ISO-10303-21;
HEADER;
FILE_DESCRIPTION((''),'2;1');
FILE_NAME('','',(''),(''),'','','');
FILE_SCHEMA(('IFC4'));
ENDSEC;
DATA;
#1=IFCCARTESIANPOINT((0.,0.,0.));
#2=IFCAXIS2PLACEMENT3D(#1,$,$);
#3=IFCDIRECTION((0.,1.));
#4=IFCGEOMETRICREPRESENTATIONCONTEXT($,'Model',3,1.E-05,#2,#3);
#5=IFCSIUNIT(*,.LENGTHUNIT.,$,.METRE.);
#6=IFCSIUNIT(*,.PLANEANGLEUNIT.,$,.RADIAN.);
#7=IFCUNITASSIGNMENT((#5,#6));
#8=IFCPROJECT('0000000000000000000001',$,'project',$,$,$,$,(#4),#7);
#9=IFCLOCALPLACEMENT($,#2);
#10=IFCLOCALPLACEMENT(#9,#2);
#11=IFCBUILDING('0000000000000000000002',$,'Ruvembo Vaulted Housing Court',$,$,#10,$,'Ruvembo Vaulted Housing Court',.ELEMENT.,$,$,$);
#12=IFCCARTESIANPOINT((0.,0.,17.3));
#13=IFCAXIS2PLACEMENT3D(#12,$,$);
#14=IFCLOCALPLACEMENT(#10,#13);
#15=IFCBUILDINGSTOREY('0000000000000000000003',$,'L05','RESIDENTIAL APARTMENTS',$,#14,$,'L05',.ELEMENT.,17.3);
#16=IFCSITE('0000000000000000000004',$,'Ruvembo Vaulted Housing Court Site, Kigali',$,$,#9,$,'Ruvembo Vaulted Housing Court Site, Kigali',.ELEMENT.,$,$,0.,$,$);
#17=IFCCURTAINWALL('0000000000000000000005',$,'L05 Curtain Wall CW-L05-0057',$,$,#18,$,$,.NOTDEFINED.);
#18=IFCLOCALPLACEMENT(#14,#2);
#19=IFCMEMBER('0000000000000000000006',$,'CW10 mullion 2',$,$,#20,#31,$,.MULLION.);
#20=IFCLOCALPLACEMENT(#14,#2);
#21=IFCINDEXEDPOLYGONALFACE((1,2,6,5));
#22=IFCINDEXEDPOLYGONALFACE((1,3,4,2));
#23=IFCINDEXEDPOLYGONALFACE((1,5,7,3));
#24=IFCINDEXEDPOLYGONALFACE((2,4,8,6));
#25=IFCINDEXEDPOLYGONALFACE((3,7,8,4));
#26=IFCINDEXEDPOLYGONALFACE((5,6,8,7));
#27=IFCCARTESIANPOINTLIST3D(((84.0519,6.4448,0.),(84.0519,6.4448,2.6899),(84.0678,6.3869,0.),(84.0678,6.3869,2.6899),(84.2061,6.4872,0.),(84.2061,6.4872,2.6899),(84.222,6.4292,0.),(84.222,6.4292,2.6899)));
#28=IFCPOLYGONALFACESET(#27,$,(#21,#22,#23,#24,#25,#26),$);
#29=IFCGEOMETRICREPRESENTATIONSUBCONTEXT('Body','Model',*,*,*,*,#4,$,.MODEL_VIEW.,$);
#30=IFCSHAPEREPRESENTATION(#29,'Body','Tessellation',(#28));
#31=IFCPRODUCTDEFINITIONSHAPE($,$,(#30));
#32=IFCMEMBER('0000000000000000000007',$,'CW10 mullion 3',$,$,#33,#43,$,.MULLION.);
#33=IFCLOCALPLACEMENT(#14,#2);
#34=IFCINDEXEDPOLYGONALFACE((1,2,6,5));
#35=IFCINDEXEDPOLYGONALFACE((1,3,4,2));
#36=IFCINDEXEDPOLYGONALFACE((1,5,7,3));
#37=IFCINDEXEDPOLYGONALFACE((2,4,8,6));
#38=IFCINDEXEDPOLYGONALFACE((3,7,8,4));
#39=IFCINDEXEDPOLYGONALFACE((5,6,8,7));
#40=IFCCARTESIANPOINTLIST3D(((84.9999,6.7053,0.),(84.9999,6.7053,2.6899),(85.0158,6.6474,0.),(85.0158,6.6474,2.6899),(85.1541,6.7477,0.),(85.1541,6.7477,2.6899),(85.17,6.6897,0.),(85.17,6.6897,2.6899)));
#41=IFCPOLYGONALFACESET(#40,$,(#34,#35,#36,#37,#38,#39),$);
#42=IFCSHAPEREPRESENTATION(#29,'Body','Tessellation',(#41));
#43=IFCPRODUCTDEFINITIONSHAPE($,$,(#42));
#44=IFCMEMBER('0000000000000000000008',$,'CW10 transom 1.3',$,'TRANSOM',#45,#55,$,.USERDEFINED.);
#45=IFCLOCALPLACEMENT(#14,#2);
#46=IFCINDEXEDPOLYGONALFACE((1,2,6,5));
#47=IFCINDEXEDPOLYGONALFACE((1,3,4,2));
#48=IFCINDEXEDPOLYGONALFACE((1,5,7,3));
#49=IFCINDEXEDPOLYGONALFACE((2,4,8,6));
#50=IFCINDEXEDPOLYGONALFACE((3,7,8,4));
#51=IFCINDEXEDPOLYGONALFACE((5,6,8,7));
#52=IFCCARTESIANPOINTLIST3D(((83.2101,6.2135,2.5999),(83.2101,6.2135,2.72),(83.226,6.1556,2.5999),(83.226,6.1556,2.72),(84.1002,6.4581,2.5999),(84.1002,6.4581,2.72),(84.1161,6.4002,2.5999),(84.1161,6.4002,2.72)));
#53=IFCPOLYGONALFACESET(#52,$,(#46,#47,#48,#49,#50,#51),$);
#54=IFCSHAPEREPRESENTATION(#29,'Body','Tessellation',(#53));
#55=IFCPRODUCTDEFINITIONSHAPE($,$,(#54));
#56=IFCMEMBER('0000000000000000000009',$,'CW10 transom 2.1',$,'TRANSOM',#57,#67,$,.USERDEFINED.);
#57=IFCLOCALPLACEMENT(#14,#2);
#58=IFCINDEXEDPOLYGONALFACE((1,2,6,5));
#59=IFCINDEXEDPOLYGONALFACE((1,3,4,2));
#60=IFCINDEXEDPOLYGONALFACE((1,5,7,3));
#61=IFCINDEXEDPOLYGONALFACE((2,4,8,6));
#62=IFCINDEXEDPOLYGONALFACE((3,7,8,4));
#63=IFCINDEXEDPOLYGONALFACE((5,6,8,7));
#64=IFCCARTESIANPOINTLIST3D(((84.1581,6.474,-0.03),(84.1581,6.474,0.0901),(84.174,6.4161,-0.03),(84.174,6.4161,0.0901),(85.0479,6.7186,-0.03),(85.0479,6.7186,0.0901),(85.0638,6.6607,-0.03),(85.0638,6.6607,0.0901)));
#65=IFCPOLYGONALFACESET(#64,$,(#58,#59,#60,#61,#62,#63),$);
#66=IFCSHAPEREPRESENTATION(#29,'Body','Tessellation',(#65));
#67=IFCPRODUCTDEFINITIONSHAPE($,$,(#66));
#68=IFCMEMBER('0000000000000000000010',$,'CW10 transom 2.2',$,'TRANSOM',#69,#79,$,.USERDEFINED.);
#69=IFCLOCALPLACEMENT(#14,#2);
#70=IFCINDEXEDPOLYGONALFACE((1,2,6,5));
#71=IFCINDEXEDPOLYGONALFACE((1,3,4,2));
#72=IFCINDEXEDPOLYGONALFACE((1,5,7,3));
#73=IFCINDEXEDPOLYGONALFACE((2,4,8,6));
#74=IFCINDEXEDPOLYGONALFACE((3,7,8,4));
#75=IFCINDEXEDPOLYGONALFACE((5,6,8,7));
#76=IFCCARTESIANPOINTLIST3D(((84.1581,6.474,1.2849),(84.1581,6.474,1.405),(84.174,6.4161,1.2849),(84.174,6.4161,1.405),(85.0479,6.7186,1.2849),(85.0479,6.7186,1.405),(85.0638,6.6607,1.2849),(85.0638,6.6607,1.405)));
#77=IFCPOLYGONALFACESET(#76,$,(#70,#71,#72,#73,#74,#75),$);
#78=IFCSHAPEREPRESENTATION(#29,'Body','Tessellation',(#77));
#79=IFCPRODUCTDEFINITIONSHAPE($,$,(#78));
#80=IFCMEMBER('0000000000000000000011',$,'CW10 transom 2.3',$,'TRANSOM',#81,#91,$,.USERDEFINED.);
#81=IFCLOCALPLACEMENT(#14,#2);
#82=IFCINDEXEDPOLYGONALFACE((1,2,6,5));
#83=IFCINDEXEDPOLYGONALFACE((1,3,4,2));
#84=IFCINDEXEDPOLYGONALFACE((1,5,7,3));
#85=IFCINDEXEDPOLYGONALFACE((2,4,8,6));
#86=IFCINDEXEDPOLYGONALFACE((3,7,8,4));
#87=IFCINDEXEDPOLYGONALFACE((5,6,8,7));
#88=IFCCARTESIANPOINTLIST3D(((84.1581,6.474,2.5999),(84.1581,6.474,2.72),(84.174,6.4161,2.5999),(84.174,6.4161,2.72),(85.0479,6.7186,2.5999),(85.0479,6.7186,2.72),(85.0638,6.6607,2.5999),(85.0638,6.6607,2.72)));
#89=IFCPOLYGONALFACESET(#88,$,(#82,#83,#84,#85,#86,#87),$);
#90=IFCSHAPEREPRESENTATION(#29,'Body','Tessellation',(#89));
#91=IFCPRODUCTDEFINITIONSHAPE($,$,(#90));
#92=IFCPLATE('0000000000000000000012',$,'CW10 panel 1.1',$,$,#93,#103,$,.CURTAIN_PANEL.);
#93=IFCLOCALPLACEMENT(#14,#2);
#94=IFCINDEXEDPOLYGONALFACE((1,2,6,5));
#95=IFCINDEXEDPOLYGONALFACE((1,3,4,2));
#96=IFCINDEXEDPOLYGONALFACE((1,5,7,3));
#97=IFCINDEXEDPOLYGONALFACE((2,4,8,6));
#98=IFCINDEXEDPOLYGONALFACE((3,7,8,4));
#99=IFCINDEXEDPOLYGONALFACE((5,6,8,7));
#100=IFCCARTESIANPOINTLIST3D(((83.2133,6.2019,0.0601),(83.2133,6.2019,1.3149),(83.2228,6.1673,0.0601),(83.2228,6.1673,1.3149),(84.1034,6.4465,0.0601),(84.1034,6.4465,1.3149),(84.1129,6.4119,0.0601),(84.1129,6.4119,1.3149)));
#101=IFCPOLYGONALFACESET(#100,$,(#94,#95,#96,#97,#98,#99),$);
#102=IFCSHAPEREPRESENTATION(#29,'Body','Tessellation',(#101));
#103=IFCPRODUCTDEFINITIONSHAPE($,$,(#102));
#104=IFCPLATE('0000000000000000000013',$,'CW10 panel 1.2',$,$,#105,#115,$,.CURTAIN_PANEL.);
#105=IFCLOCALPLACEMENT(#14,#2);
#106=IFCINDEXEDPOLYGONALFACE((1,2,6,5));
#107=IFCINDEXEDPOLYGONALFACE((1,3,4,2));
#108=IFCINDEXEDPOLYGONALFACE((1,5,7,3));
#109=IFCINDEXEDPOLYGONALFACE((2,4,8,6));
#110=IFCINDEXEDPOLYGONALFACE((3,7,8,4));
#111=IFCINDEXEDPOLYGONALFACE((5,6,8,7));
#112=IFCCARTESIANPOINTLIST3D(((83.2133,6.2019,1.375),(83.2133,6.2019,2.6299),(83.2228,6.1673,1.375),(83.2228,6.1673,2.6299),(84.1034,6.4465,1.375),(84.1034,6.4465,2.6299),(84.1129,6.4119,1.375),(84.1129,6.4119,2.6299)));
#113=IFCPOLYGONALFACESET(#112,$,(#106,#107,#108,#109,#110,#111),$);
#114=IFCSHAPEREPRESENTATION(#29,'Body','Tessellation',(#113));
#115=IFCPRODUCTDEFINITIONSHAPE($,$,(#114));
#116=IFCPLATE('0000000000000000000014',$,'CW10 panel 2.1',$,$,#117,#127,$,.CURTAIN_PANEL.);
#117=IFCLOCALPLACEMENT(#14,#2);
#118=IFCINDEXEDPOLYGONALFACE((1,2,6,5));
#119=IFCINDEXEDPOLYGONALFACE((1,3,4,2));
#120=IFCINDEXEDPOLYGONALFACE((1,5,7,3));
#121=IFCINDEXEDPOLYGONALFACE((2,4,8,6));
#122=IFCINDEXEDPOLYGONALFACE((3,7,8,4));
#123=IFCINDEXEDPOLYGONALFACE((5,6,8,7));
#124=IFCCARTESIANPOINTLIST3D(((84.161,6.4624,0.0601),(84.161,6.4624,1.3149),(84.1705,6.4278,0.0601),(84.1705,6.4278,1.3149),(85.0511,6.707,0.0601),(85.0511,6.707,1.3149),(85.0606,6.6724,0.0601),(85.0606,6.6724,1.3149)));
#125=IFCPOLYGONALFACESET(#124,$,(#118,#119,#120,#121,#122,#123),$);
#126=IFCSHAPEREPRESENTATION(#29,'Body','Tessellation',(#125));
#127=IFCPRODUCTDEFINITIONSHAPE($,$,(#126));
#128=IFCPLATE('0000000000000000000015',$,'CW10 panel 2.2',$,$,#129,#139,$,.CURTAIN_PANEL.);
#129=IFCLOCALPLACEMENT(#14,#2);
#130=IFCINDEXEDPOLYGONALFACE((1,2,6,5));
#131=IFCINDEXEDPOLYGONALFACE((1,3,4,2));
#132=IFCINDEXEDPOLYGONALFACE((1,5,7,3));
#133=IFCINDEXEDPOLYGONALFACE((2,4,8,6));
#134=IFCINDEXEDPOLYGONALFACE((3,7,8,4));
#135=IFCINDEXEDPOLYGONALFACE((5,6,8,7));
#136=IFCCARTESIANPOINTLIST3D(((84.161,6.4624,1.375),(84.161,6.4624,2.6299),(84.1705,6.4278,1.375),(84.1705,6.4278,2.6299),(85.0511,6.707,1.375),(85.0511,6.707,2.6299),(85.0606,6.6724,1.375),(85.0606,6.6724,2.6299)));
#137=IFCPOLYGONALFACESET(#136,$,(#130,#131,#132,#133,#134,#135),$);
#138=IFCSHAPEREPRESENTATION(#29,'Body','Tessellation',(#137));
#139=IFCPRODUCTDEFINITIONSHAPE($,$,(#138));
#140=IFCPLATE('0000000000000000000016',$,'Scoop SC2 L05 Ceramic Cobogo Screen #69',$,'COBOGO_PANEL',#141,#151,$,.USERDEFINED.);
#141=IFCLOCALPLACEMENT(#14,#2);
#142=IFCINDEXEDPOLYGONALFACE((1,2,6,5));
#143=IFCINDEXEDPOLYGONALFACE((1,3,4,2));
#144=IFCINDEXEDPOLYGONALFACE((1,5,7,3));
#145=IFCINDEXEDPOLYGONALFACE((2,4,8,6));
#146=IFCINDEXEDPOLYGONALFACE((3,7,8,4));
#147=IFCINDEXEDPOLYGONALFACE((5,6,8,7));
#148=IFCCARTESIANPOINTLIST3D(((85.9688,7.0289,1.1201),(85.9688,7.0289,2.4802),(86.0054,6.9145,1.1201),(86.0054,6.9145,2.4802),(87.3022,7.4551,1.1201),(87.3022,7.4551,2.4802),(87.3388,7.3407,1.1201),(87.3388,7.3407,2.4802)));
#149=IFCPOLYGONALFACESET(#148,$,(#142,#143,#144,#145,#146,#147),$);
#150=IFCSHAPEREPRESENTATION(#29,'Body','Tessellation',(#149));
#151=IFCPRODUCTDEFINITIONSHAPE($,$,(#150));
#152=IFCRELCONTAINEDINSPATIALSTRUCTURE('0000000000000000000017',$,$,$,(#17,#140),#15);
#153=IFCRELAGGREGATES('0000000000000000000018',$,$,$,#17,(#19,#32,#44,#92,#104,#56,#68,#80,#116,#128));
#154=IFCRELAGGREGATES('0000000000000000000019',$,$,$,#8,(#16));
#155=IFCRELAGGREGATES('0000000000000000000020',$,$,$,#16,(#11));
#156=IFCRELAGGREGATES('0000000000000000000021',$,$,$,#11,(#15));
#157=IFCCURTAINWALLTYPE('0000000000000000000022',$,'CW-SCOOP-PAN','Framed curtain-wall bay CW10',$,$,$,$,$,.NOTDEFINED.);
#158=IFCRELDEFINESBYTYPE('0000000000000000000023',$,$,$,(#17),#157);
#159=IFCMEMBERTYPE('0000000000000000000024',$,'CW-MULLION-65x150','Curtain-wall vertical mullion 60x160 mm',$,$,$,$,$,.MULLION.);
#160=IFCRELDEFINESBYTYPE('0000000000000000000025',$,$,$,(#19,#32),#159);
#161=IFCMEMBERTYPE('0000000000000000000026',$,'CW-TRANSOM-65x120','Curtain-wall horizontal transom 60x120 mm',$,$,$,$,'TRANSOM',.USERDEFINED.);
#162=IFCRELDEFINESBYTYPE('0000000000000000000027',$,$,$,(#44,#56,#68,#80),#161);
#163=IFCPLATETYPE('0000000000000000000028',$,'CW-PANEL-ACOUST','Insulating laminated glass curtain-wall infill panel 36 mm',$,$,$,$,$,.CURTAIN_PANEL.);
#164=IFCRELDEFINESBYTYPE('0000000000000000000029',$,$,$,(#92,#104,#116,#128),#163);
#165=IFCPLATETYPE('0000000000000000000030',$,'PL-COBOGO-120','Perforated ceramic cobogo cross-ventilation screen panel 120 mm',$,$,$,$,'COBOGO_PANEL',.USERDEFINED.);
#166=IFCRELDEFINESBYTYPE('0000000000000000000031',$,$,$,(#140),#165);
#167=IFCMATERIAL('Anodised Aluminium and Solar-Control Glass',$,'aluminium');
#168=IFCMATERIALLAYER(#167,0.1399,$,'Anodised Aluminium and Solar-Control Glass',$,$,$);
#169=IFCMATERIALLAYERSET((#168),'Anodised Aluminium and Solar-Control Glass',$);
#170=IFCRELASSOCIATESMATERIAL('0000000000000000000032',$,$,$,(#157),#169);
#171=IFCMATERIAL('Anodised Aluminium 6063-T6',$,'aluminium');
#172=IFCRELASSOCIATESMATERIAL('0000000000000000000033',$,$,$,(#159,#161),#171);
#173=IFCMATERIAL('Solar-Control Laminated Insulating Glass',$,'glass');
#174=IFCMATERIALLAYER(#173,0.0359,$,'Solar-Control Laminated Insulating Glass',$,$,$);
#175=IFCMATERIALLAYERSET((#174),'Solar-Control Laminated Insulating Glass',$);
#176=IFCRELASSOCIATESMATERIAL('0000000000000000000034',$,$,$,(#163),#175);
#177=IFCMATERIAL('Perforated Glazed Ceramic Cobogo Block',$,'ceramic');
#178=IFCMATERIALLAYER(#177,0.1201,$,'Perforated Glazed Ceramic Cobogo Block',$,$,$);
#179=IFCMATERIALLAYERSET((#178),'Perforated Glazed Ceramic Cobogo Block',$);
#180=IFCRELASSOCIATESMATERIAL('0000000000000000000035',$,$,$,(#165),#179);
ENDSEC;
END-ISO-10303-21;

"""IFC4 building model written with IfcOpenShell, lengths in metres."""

from ifc_helpers import new_model, si_unit, direction, frame, origin, origin_2d, place, context, subcontext, project, spatial, rectangle, extrude, material, layer, layer_set, material_profile, profile_set, type_object, element, aggregate, save


model = new_model("IFC4")

# Units and contexts
model_context = context("Model", 3, precision=1e-05, world=origin(), true_north=direction((0.0, 1.0)))
body_context = subcontext(model_context, "Body", "Model", "MODEL_VIEW")
ifc_project = project(units=[si_unit("LENGTHUNIT", "METRE"), si_unit("PLANEANGLEUNIT", "RADIAN")], contexts=[model_context])

# Site, building, storey
site_placement = place(None, origin())
site = spatial("IfcSite", under=ifc_project, at=site_placement, Name="Ruvembo Vaulted Housing Court Site, Kigali", LongName="Ruvembo Vaulted Housing Court Site, Kigali", CompositionType="ELEMENT", RefElevation=0.0)
building_placement = place(site_placement, origin())
building = spatial("IfcBuilding", under=site, at=building_placement, Name="Ruvembo Vaulted Housing Court", LongName="Ruvembo Vaulted Housing Court", CompositionType="ELEMENT")
storey_placement = place(building_placement, frame((0.0, 0.0, 17.3)))
storey = spatial("IfcBuildingStorey", under=building, at=storey_placement, Name="L05", Description="RESIDENTIAL APARTMENTS", LongName="L05", CompositionType="ELEMENT", Elevation=17.3)

# Curtain wall, members, plates
ifc_material_1 = material(Name="Anodised Aluminium and Solar-Control Glass", Category="aluminium")
ifc_layer_1 = layer(ifc_material_1, 0.1399, Name="Anodised Aluminium and Solar-Control Glass")
ifc_layer_set_1 = layer_set([ifc_layer_1], Name="Anodised Aluminium and Solar-Control Glass")
curtain_wall_type = type_object("IfcCurtainWallType", Name="CW-SCOOP-PAN", Description="Framed curtain-wall bay CW10", PredefinedType="NOTDEFINED", material=ifc_layer_set_1)
curtain_wall_placement = place(storey_placement, origin())
curtain_wall = element("IfcCurtainWall", 1, at=curtain_wall_placement, inside=storey, type_object=curtain_wall_type, Name="L05 Curtain Wall CW-L05-0057", PredefinedType="NOTDEFINED")
ifc_material_2 = material(Name="Anodised Aluminium 6063-T6", Category="aluminium")
ifc_material_profile_1 = material_profile(ifc_material_2, rectangle(XDim=0.0601, YDim=0.1599, at=origin_2d()), Name="ALU 60x160")
ifc_profile_set_1 = profile_set([ifc_material_profile_1], Name="Anodised Aluminium 6063-T6")
member_type_1 = type_object("IfcMemberType", Name="CW-MULLION-65x150", Description="Curtain-wall vertical mullion 60x160 mm", PredefinedType="MULLION", material=ifc_profile_set_1)
member_1_placement = place(storey_placement, frame((84.137, 6.437, 0.0), z_axis=(0.0, 0.0, 1.0), x_axis=(-0.264955, 0.964261, 0.0)))
member_1 = element("IfcMember", 2, at=member_1_placement, type_object=member_type_1, Name="CW10 mullion 2", PredefinedType="MULLION", context=body_context, shape_type="SweptSolid", body=[
    extrude(rectangle(XDim=0.0601, YDim=0.1599, at=origin_2d()), origin(), (0.0, 0.0, 1.0), 2.6899),
])
member_2_placement = place(storey_placement, frame((85.085, 6.6975, 0.0), z_axis=(0.0, 0.0, 1.0), x_axis=(-0.264955, 0.964261, 0.0)))
member_2 = element("IfcMember", 3, at=member_2_placement, type_object=member_type_1, Name="CW10 mullion 3", PredefinedType="MULLION", context=body_context, shape_type="SweptSolid", body=[
    extrude(rectangle(XDim=0.0601, YDim=0.1599, at=origin_2d()), origin(), (0.0, 0.0, 1.0), 2.6899),
])
ifc_material_profile_2 = material_profile(ifc_material_2, rectangle(XDim=0.0601, YDim=0.1201, at=origin_2d()), Name="ALU 60x120")
ifc_profile_set_2 = profile_set([ifc_material_profile_2], Name="Anodised Aluminium 6063-T6")
member_type_2 = type_object("IfcMemberType", Name="CW-TRANSOM-65x120", Description="Curtain-wall horizontal transom 60x120 mm", ElementType="TRANSOM", PredefinedType="USERDEFINED", material=ifc_profile_set_2)
member_3_placement = place(storey_placement, frame((83.218, 6.1846, 2.6599), z_axis=(0.964249, 0.264997, 0.0), x_axis=(-0.264997, 0.964249, 0.0)))
member_3 = element("IfcMember", 4, at=member_3_placement, type_object=member_type_2, Name="CW10 transom 1.3", ObjectType="TRANSOM", PredefinedType="USERDEFINED", context=body_context, shape_type="SweptSolid", body=[
    extrude(rectangle(XDim=0.0601, YDim=0.1201, at=origin_2d()), origin(), (0.0, 0.0, 1.0), 0.9231),
])
member_4_placement = place(storey_placement, frame((84.166, 6.4451, 0.03), z_axis=(0.964231, 0.265064, 0.0), x_axis=(-0.265064, 0.964231, 0.0)))
member_4 = element("IfcMember", 5, at=member_4_placement, type_object=member_type_2, Name="CW10 transom 2.1", ObjectType="TRANSOM", PredefinedType="USERDEFINED", context=body_context, shape_type="SweptSolid", body=[
    extrude(rectangle(XDim=0.0601, YDim=0.1201, at=origin_2d()), origin(), (0.0, 0.0, 1.0), 0.9229),
])
member_5_placement = place(storey_placement, frame((84.166, 6.4451, 1.345), z_axis=(0.964231, 0.265064, 0.0), x_axis=(-0.265064, 0.964231, 0.0)))
member_5 = element("IfcMember", 6, at=member_5_placement, type_object=member_type_2, Name="CW10 transom 2.2", ObjectType="TRANSOM", PredefinedType="USERDEFINED", context=body_context, shape_type="SweptSolid", body=[
    extrude(rectangle(XDim=0.0601, YDim=0.1201, at=origin_2d()), origin(), (0.0, 0.0, 1.0), 0.9229),
])
member_6_placement = place(storey_placement, frame((84.166, 6.4451, 2.6599), z_axis=(0.964231, 0.265064, 0.0), x_axis=(-0.265064, 0.964231, 0.0)))
member_6 = element("IfcMember", 7, at=member_6_placement, type_object=member_type_2, Name="CW10 transom 2.3", ObjectType="TRANSOM", PredefinedType="USERDEFINED", context=body_context, shape_type="SweptSolid", body=[
    extrude(rectangle(XDim=0.0601, YDim=0.1201, at=origin_2d()), origin(), (0.0, 0.0, 1.0), 0.9229),
])
ifc_material_3 = material(Name="Solar-Control Laminated Insulating Glass", Category="glass")
ifc_layer_2 = layer(ifc_material_3, 0.0359, Name="Solar-Control Laminated Insulating Glass")
ifc_layer_set_2 = layer_set([ifc_layer_2], Name="Solar-Control Laminated Insulating Glass")
plate_type_1 = type_object("IfcPlateType", Name="CW-PANEL-ACOUST", Description="Insulating laminated glass curtain-wall infill panel 36 mm", PredefinedType="CURTAIN_PANEL", material=ifc_layer_set_2)
plate_1_placement = place(storey_placement, frame((83.6631, 6.3069, 0.0601), z_axis=(0.0, 0.0, 1.0), x_axis=(0.964261, 0.264955, 0.0)))
plate_1 = element("IfcPlate", 8, at=plate_1_placement, type_object=plate_type_1, Name="CW10 panel 1.1", PredefinedType="CURTAIN_PANEL", context=body_context, shape_type="SweptSolid", body=[
    extrude(rectangle(XDim=0.9231, YDim=0.0359, at=origin_2d()), origin(), (0.0, 0.0, 1.0), 1.2549),
])
plate_2_placement = place(storey_placement, frame((83.6631, 6.3069, 1.375), z_axis=(0.0, 0.0, 1.0), x_axis=(0.964261, 0.264955, 0.0)))
plate_2 = element("IfcPlate", 9, at=plate_2_placement, type_object=plate_type_1, Name="CW10 panel 1.2", PredefinedType="CURTAIN_PANEL", context=body_context, shape_type="SweptSolid", body=[
    extrude(rectangle(XDim=0.9231, YDim=0.0359, at=origin_2d()), origin(), (0.0, 0.0, 1.0), 1.2549),
])
plate_3_placement = place(storey_placement, frame((84.6108, 6.5674, 0.0601), z_axis=(0.0, 0.0, 1.0), x_axis=(0.964261, 0.264955, 0.0)))
plate_3 = element("IfcPlate", 10, at=plate_3_placement, type_object=plate_type_1, Name="CW10 panel 2.1", PredefinedType="CURTAIN_PANEL", context=body_context, shape_type="SweptSolid", body=[
    extrude(rectangle(XDim=0.9231, YDim=0.0359, at=origin_2d()), origin(), (0.0, 0.0, 1.0), 1.2549),
])
plate_4_placement = place(storey_placement, frame((84.6108, 6.5674, 1.375), z_axis=(0.0, 0.0, 1.0), x_axis=(0.964261, 0.264955, 0.0)))
plate_4 = element("IfcPlate", 11, at=plate_4_placement, type_object=plate_type_1, Name="CW10 panel 2.2", PredefinedType="CURTAIN_PANEL", context=body_context, shape_type="SweptSolid", body=[
    extrude(rectangle(XDim=0.9231, YDim=0.0359, at=origin_2d()), origin(), (0.0, 0.0, 1.0), 1.2549),
])
aggregate(curtain_wall, [member_1, member_2, member_3, plate_1, plate_2, member_4, member_5, member_6, plate_3, plate_4])

# Plate
ifc_material_4 = material(Name="Perforated Glazed Ceramic Cobogo Block", Category="ceramic")
ifc_layer_3 = layer(ifc_material_4, 0.1201, Name="Perforated Glazed Ceramic Cobogo Block")
ifc_layer_set_3 = layer_set([ifc_layer_3], Name="Perforated Glazed Ceramic Cobogo Block")
plate_type_2 = type_object("IfcPlateType", Name="PL-COBOGO-120", Description="Perforated ceramic cobogo cross-ventilation screen panel 120 mm", ElementType="COBOGO_PANEL", PredefinedType="USERDEFINED", material=ifc_layer_set_3)
plate_5_placement = place(storey_placement, frame((86.6538, 7.1848, 1.1201), z_axis=(0.0, 0.0, 1.0), x_axis=(0.952523, 0.304465, 0.0)))
element("IfcPlate", 12, at=plate_5_placement, inside=storey, type_object=plate_type_2, Name="Scoop SC2 L05 Ceramic Cobogo Screen #69", ObjectType="COBOGO_PANEL", PredefinedType="USERDEFINED", context=body_context, shape_type="SweptSolid", body=[
    extrude(rectangle(XDim=1.3999, YDim=0.1201, at=origin_2d()), origin(), (0.0, 0.0, 1.0), 1.3601),
])

save(model, "model.ifc")
